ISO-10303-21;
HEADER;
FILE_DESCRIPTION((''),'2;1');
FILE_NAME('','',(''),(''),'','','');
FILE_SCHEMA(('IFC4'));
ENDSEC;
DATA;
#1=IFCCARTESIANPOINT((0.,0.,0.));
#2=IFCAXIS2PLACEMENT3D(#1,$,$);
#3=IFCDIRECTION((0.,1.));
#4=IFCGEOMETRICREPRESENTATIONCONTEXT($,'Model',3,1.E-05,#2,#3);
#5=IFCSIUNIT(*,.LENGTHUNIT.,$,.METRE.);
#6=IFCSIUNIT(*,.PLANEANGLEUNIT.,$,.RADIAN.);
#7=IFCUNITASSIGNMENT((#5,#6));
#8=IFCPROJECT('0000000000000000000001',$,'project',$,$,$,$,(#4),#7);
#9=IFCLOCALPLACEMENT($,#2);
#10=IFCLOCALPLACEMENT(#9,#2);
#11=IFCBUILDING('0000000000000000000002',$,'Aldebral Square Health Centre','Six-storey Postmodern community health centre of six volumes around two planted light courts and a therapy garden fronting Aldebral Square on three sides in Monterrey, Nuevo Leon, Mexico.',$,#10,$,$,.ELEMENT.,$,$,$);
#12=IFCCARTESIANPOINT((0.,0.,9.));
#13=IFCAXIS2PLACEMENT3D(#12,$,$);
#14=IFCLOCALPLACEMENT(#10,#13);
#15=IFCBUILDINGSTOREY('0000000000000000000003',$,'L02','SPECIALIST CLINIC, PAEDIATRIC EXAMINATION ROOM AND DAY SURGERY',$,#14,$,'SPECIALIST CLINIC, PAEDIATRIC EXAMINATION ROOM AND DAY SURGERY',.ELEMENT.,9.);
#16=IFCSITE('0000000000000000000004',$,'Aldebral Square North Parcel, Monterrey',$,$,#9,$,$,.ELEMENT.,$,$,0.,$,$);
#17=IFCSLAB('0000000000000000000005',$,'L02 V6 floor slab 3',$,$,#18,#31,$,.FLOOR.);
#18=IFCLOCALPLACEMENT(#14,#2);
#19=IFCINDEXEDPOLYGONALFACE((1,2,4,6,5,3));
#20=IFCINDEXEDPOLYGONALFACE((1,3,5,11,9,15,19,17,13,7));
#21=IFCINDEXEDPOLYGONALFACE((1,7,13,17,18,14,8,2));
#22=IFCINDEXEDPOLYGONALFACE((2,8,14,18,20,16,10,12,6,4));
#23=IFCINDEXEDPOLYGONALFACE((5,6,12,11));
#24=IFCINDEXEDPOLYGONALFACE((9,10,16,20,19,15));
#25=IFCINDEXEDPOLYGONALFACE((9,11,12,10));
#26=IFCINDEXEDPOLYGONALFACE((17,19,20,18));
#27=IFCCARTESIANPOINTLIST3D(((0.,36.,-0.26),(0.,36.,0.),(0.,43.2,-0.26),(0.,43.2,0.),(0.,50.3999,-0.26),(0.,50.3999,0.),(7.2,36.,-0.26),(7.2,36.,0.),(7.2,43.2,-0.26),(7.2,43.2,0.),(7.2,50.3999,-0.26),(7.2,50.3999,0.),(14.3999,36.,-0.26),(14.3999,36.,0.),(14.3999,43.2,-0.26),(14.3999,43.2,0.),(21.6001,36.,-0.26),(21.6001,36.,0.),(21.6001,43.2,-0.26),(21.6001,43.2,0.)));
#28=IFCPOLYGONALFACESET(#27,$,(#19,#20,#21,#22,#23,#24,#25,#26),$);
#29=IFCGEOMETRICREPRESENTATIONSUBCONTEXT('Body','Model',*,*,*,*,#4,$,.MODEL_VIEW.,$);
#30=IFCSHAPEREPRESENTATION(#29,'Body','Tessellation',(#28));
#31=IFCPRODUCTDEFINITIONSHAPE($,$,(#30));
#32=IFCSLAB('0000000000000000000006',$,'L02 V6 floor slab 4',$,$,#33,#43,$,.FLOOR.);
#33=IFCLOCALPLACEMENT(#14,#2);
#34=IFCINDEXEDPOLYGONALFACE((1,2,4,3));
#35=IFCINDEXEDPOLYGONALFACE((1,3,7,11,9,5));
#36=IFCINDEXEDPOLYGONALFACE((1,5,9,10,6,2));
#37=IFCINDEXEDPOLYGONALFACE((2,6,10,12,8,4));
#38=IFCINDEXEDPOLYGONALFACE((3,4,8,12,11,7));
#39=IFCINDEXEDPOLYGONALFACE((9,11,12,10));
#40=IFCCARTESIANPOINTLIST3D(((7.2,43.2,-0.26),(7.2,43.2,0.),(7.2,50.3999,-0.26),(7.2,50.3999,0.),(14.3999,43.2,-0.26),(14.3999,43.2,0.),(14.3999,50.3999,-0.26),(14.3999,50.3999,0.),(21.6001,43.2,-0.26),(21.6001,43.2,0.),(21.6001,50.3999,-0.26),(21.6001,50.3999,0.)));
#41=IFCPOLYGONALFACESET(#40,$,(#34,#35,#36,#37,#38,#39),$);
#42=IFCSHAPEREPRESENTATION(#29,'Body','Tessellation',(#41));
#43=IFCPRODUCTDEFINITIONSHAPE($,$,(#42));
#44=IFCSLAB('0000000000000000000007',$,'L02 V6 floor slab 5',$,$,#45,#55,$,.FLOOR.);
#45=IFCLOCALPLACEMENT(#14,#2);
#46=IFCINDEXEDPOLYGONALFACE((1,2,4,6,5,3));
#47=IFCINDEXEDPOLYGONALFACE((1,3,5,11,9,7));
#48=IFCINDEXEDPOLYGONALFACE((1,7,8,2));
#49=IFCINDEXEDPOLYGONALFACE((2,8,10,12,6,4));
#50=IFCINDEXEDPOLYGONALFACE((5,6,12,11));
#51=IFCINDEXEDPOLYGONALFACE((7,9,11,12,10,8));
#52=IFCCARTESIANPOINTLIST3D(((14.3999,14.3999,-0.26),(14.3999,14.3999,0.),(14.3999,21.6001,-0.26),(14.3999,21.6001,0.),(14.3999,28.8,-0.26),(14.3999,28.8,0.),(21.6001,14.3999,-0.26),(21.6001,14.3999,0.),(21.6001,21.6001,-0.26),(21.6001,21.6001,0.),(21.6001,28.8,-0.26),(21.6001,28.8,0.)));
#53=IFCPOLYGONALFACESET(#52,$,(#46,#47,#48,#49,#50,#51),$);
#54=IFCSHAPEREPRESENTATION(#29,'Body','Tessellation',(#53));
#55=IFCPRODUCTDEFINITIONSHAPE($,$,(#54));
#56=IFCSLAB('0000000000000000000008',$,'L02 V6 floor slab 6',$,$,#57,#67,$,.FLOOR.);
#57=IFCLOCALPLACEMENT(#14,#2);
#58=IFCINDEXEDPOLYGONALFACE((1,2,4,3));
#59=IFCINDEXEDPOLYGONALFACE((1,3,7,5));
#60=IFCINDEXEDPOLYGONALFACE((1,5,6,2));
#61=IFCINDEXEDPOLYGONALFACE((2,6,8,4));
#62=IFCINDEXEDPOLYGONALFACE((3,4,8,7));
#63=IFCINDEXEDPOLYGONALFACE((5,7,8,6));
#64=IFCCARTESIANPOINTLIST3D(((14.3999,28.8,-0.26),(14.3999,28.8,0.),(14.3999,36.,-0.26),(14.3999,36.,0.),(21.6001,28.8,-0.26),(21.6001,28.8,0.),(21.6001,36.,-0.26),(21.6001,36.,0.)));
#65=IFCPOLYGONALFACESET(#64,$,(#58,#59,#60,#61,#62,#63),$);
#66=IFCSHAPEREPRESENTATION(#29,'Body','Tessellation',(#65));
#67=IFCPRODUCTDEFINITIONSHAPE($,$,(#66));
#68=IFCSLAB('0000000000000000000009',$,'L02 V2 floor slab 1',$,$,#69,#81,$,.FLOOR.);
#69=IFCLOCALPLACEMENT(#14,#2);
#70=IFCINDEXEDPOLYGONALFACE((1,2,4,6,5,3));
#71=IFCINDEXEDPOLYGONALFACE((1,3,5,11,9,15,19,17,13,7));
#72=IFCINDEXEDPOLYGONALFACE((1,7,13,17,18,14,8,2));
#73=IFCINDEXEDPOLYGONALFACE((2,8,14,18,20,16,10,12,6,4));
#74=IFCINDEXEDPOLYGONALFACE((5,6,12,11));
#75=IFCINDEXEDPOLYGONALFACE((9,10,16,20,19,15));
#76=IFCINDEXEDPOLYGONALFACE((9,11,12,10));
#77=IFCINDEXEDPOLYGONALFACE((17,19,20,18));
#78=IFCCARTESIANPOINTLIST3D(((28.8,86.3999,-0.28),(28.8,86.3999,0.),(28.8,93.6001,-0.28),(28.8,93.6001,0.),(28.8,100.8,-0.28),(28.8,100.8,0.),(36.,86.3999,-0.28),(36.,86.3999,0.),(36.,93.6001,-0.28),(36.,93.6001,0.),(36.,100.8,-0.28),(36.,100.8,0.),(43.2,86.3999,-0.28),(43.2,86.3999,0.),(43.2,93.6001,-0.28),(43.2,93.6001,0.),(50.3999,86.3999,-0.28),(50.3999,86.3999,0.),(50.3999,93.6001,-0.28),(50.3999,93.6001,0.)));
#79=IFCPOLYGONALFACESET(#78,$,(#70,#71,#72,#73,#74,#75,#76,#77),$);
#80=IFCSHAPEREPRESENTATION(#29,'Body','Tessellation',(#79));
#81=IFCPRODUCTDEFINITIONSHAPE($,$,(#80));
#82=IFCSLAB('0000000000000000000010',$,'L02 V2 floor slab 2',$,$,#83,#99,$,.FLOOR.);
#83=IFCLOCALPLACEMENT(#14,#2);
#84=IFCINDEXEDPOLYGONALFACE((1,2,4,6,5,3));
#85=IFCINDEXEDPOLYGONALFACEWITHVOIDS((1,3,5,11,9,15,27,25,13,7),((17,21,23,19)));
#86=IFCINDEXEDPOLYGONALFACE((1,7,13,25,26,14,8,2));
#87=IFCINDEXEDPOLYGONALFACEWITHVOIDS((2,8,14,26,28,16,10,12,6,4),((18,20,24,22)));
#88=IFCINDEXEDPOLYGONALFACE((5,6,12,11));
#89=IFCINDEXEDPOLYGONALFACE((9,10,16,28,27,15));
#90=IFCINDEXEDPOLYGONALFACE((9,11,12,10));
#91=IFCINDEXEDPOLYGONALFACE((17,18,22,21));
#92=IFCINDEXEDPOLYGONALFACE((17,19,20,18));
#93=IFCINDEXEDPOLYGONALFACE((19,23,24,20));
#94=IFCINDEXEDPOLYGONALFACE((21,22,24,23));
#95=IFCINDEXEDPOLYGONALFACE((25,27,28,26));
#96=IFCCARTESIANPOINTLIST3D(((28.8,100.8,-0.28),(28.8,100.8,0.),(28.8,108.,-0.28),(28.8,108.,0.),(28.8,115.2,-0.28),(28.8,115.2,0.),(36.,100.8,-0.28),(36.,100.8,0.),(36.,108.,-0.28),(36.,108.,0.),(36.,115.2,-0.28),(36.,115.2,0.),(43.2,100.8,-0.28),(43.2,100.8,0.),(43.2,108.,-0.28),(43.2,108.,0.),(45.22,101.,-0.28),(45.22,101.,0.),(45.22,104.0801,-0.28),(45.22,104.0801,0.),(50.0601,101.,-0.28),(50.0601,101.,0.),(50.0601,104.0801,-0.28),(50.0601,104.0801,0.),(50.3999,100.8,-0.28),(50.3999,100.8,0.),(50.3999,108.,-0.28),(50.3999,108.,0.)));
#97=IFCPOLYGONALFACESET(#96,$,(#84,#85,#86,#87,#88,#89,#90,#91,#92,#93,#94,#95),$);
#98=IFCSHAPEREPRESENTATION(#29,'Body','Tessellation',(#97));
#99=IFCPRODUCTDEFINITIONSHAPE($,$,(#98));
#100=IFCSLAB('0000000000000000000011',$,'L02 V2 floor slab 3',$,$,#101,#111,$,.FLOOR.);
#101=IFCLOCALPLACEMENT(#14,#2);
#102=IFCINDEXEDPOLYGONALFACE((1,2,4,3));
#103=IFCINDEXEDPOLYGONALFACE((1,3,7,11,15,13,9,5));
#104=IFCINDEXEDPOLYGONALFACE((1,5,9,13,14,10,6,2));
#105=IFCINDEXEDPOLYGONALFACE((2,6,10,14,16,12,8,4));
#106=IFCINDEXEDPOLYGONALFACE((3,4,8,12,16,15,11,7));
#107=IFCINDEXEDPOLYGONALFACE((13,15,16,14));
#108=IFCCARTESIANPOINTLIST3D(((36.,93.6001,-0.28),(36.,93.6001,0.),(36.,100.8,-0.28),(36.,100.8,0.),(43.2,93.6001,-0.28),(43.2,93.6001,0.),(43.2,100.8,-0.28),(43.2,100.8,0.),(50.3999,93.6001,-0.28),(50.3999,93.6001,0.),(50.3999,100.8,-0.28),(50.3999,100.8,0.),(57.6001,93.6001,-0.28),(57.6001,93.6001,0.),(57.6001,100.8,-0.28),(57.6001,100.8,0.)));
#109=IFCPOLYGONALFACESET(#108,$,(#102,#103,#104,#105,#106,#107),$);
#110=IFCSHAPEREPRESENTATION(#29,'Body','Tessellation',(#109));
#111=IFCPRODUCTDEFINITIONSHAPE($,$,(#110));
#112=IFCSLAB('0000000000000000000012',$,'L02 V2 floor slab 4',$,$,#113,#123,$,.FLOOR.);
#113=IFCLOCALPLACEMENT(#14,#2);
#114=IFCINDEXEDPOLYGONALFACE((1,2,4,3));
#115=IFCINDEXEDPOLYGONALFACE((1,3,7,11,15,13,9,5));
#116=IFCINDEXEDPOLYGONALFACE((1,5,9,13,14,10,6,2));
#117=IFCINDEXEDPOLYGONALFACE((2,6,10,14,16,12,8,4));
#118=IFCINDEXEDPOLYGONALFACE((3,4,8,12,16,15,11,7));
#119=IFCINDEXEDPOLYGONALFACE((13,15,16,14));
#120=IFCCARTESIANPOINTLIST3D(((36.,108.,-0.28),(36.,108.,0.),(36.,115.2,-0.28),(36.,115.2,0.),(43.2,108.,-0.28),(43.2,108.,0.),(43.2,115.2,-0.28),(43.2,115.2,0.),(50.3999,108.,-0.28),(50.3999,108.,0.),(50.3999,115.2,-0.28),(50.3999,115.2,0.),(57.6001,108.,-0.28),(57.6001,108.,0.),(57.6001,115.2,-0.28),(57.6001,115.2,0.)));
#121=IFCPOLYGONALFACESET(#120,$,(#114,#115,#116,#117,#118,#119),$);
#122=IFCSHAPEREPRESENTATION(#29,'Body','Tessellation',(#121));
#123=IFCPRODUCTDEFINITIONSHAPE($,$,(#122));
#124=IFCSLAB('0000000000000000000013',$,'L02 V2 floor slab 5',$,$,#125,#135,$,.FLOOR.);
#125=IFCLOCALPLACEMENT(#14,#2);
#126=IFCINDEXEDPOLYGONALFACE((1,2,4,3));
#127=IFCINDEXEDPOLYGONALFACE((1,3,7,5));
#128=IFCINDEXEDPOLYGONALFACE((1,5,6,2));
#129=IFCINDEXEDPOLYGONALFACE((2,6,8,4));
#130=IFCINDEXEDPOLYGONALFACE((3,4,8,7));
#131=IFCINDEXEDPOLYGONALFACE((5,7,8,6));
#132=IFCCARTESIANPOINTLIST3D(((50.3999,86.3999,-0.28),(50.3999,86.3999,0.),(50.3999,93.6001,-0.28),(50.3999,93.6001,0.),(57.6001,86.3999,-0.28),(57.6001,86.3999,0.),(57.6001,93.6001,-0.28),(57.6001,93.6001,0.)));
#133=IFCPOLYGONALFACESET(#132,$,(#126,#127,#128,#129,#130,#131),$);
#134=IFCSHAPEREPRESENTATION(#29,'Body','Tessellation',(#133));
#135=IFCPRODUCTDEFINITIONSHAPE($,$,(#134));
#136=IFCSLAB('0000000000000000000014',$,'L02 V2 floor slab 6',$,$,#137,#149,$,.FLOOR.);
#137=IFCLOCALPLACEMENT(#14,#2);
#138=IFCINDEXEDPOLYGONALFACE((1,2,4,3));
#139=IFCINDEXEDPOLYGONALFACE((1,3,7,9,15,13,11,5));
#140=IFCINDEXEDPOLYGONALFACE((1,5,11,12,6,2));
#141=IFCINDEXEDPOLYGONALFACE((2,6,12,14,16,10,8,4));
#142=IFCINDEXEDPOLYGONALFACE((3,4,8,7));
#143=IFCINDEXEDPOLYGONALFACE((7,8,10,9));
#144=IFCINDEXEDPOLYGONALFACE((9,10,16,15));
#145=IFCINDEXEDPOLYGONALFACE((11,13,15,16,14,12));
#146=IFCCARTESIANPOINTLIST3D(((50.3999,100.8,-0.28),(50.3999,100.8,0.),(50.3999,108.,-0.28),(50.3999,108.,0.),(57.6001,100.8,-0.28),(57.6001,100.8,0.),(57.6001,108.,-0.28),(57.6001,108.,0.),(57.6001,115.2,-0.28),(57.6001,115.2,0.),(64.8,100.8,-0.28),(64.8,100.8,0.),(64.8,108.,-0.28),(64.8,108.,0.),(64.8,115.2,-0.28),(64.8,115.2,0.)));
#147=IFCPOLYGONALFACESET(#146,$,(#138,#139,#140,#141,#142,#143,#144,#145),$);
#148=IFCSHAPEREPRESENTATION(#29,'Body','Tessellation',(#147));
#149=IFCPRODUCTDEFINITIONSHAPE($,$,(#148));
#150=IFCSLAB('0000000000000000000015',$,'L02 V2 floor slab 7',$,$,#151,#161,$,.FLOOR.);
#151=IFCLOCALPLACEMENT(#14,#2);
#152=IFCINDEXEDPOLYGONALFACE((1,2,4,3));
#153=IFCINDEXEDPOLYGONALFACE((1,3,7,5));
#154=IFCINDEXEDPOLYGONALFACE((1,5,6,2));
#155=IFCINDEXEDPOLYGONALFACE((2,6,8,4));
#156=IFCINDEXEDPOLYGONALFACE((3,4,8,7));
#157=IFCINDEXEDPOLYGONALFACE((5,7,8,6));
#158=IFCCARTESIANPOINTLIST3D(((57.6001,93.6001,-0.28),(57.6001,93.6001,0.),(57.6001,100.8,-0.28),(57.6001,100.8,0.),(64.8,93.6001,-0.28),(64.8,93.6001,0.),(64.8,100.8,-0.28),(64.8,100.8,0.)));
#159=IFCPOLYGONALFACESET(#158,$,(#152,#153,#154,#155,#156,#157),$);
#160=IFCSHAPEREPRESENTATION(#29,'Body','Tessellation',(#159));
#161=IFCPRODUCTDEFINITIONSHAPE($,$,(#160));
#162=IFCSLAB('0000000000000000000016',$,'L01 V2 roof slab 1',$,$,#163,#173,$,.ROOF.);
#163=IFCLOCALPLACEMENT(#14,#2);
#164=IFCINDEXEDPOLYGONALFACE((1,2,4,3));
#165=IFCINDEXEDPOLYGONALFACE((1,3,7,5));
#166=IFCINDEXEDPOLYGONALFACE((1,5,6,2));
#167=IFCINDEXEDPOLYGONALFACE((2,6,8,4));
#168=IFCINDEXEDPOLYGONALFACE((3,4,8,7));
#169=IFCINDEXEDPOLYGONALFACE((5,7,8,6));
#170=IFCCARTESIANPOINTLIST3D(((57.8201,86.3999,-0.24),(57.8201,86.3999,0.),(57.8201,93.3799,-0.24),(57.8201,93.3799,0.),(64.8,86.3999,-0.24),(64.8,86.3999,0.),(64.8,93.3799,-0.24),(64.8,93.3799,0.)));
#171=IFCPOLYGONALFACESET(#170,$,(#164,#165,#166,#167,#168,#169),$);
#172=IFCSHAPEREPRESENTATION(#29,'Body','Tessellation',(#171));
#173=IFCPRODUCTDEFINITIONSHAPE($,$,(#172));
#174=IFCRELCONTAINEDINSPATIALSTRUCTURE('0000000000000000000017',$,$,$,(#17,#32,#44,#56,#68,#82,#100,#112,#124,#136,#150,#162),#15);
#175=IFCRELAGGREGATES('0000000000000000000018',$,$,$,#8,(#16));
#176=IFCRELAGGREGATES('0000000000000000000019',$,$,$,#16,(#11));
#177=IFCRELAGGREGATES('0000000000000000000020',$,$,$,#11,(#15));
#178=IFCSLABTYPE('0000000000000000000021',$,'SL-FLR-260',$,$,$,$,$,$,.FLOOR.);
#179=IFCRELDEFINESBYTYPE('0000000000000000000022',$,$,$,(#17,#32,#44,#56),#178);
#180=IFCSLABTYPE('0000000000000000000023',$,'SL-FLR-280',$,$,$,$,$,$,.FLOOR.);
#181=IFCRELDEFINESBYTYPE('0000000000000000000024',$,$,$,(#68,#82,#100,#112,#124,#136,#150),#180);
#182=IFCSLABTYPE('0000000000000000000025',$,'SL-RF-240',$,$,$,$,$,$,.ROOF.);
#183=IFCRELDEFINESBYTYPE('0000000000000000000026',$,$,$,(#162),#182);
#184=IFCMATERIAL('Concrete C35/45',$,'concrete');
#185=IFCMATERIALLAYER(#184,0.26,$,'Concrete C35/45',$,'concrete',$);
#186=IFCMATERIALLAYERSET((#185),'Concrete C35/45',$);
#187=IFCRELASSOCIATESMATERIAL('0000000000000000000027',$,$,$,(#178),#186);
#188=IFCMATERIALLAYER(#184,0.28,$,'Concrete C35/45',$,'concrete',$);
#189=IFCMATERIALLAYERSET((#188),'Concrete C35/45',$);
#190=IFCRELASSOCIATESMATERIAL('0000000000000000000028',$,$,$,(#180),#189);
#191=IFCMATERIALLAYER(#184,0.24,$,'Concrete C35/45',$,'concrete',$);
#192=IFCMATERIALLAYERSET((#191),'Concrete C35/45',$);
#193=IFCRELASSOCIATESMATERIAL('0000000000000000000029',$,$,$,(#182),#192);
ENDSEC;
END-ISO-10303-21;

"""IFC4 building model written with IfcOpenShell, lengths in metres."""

from ifc_helpers import new_model, si_unit, direction, frame, origin, place, context, subcontext, project, spatial, polyline, outline, extrude, material, layer, layer_set, type_object, element, save


model = new_model("IFC4")

# Units and contexts
model_context = context("Model", 3, precision=1e-05, world=origin(), true_north=direction((0.0, 1.0)))
body_context = subcontext(model_context, "Body", "Model", "MODEL_VIEW")
ifc_project = project(units=[si_unit("LENGTHUNIT", "METRE"), si_unit("PLANEANGLEUNIT", "RADIAN")], contexts=[model_context])

# Site, building, storey
site_placement = place(None, origin())
site = spatial("IfcSite", under=ifc_project, at=site_placement, Name="Aldebral Square North Parcel, Monterrey", CompositionType="ELEMENT", RefElevation=0.0)
building_placement = place(site_placement, origin())
building = spatial("IfcBuilding", under=site, at=building_placement, Name="Aldebral Square Health Centre", Description="Six-storey Postmodern community health centre of six volumes around two planted light courts and a therapy garden fronting Aldebral Square on three sides in Monterrey, Nuevo Leon, Mexico.", CompositionType="ELEMENT")
storey_placement = place(building_placement, frame((0.0, 0.0, 9.0)))
storey = spatial("IfcBuildingStorey", under=building, at=storey_placement, Name="L02", Description="SPECIALIST CLINIC, PAEDIATRIC EXAMINATION ROOM AND DAY SURGERY", LongName="SPECIALIST CLINIC, PAEDIATRIC EXAMINATION ROOM AND DAY SURGERY", CompositionType="ELEMENT", Elevation=9.0)

# Slabs
ifc_material = material(Name="Concrete C35/45", Category="concrete")
ifc_layer_1 = layer(ifc_material, 0.26, Name="Concrete C35/45", Category="concrete")
ifc_layer_set_1 = layer_set([ifc_layer_1], Name="Concrete C35/45")
slab_type_1 = type_object("IfcSlabType", Name="SL-FLR-260", PredefinedType="FLOOR", material=ifc_layer_set_1)
slab_1_placement = place(storey_placement, frame((0.0, 0.0, -0.26)))
element("IfcSlab", 1, at=slab_1_placement, inside=storey, type_object=slab_type_1, Name="L02 V6 floor slab 3", PredefinedType="FLOOR", context=body_context, shape_type="SweptSolid", body=[
    extrude(outline(polyline([(0.0, 50.3999), (7.2, 50.3999), (7.2, 43.2), (14.3999, 43.2), (21.6001, 43.2), (21.6001, 36.0), (14.3999, 36.0), (7.2, 36.0), (0.0, 36.0), (0.0, 43.2), (0.0, 50.3999)])), origin(), (0.0, 0.0, 1.0), 0.26),
])
slab_2_placement = place(storey_placement, frame((0.0, 0.0, -0.26)))
element("IfcSlab", 2, at=slab_2_placement, inside=storey, type_object=slab_type_1, Name="L02 V6 floor slab 4", PredefinedType="FLOOR", context=body_context, shape_type="SweptSolid", body=[
    extrude(outline(polyline([(7.2, 50.3999), (14.3999, 50.3999), (21.6001, 50.3999), (21.6001, 43.2), (14.3999, 43.2), (7.2, 43.2), (7.2, 50.3999)])), origin(), (0.0, 0.0, 1.0), 0.26),
])
slab_3_placement = place(storey_placement, frame((0.0, 0.0, -0.26)))
element("IfcSlab", 3, at=slab_3_placement, inside=storey, type_object=slab_type_1, Name="L02 V6 floor slab 5", PredefinedType="FLOOR", context=body_context, shape_type="SweptSolid", body=[
    extrude(outline(polyline([(14.3999, 14.3999), (14.3999, 21.6001), (14.3999, 28.8), (21.6001, 28.8), (21.6001, 21.6001), (21.6001, 14.3999), (14.3999, 14.3999)])), origin(), (0.0, 0.0, 1.0), 0.26),
])
slab_4_placement = place(storey_placement, frame((0.0, 0.0, -0.26)))
element("IfcSlab", 4, at=slab_4_placement, inside=storey, type_object=slab_type_1, Name="L02 V6 floor slab 6", PredefinedType="FLOOR", context=body_context, shape_type="SweptSolid", body=[
    extrude(outline(polyline([(14.3999, 28.8), (14.3999, 36.0), (21.6001, 36.0), (21.6001, 28.8), (14.3999, 28.8)])), origin(), (0.0, 0.0, 1.0), 0.26),
])
ifc_layer_2 = layer(ifc_material, 0.28, Name="Concrete C35/45", Category="concrete")
ifc_layer_set_2 = layer_set([ifc_layer_2], Name="Concrete C35/45")
slab_type_2 = type_object("IfcSlabType", Name="SL-FLR-280", PredefinedType="FLOOR", material=ifc_layer_set_2)
slab_5_placement = place(storey_placement, frame((0.0, 0.0, -0.28)))
element("IfcSlab", 5, at=slab_5_placement, inside=storey, type_object=slab_type_2, Name="L02 V2 floor slab 1", PredefinedType="FLOOR", context=body_context, shape_type="SweptSolid", body=[
    extrude(outline(polyline([(28.8, 100.8), (36.0, 100.8), (36.0, 93.6001), (43.2, 93.6001), (50.3999, 93.6001), (50.3999, 86.3999), (43.2, 86.3999), (36.0, 86.3999), (28.8, 86.3999), (28.8, 93.6001), (28.8, 100.8)])), origin(), (0.0, 0.0, 1.0), 0.28),
])
slab_6_placement = place(storey_placement, frame((0.0, 0.0, -0.28)))
element("IfcSlab", 6, at=slab_6_placement, inside=storey, type_object=slab_type_2, Name="L02 V2 floor slab 2", PredefinedType="FLOOR", context=body_context, shape_type="SweptSolid", body=[
    extrude(outline(polyline([(28.8, 115.2), (36.0, 115.2), (36.0, 108.0), (43.2, 108.0), (50.3999, 108.0), (50.3999, 100.8), (43.2, 100.8), (36.0, 100.8), (28.8, 100.8), (28.8, 108.0), (28.8, 115.2)]), holes=[polyline([(50.0601, 104.0801), (45.22, 104.0801), (45.22, 101.0), (50.0601, 101.0), (50.0601, 104.0801)])]), origin(), (0.0, 0.0, 1.0), 0.28),
])
slab_7_placement = place(storey_placement, frame((0.0, 0.0, -0.28)))
element("IfcSlab", 7, at=slab_7_placement, inside=storey, type_object=slab_type_2, Name="L02 V2 floor slab 3", PredefinedType="FLOOR", context=body_context, shape_type="SweptSolid", body=[
    extrude(outline(polyline([(36.0, 100.8), (43.2, 100.8), (50.3999, 100.8), (57.6001, 100.8), (57.6001, 93.6001), (50.3999, 93.6001), (43.2, 93.6001), (36.0, 93.6001), (36.0, 100.8)])), origin(), (0.0, 0.0, 1.0), 0.28),
])
slab_8_placement = place(storey_placement, frame((0.0, 0.0, -0.28)))
element("IfcSlab", 8, at=slab_8_placement, inside=storey, type_object=slab_type_2, Name="L02 V2 floor slab 4", PredefinedType="FLOOR", context=body_context, shape_type="SweptSolid", body=[
    extrude(outline(polyline([(36.0, 115.2), (43.2, 115.2), (50.3999, 115.2), (57.6001, 115.2), (57.6001, 108.0), (50.3999, 108.0), (43.2, 108.0), (36.0, 108.0), (36.0, 115.2)])), origin(), (0.0, 0.0, 1.0), 0.28),
])
slab_9_placement = place(storey_placement, frame((0.0, 0.0, -0.28)))
element("IfcSlab", 9, at=slab_9_placement, inside=storey, type_object=slab_type_2, Name="L02 V2 floor slab 5", PredefinedType="FLOOR", context=body_context, shape_type="SweptSolid", body=[
    extrude(outline(polyline([(50.3999, 86.3999), (50.3999, 93.6001), (57.6001, 93.6001), (57.6001, 86.3999), (50.3999, 86.3999)])), origin(), (0.0, 0.0, 1.0), 0.28),
])
slab_10_placement = place(storey_placement, frame((0.0, 0.0, -0.28)))
element("IfcSlab", 10, at=slab_10_placement, inside=storey, type_object=slab_type_2, Name="L02 V2 floor slab 6", PredefinedType="FLOOR", context=body_context, shape_type="SweptSolid", body=[
    extrude(outline(polyline([(50.3999, 108.0), (57.6001, 108.0), (57.6001, 115.2), (64.8, 115.2), (64.8, 108.0), (64.8, 100.8), (57.6001, 100.8), (50.3999, 100.8), (50.3999, 108.0)])), origin(), (0.0, 0.0, 1.0), 0.28),
])
slab_11_placement = place(storey_placement, frame((0.0, 0.0, -0.28)))
element("IfcSlab", 11, at=slab_11_placement, inside=storey, type_object=slab_type_2, Name="L02 V2 floor slab 7", PredefinedType="FLOOR", context=body_context, shape_type="SweptSolid", body=[
    extrude(outline(polyline([(57.6001, 93.6001), (57.6001, 100.8), (64.8, 100.8), (64.8, 93.6001), (57.6001, 93.6001)])), origin(), (0.0, 0.0, 1.0), 0.28),
])
ifc_layer_3 = layer(ifc_material, 0.24, Name="Concrete C35/45", Category="concrete")
ifc_layer_set_3 = layer_set([ifc_layer_3], Name="Concrete C35/45")
slab_type_3 = type_object("IfcSlabType", Name="SL-RF-240", PredefinedType="ROOF", material=ifc_layer_set_3)
slab_12_placement = place(storey_placement, frame((0.0, 0.0, -0.24)))
element("IfcSlab", 12, at=slab_12_placement, inside=storey, type_object=slab_type_3, Name="L01 V2 roof slab 1", PredefinedType="ROOF", context=body_context, shape_type="SweptSolid", body=[
    extrude(outline(polyline([(64.8, 86.3999), (57.8201, 86.3999), (57.8201, 93.3799), (64.8, 93.3799), (64.8, 86.3999)])), origin(), (0.0, 0.0, 1.0), 0.24),
])

save(model, "model.ifc")
